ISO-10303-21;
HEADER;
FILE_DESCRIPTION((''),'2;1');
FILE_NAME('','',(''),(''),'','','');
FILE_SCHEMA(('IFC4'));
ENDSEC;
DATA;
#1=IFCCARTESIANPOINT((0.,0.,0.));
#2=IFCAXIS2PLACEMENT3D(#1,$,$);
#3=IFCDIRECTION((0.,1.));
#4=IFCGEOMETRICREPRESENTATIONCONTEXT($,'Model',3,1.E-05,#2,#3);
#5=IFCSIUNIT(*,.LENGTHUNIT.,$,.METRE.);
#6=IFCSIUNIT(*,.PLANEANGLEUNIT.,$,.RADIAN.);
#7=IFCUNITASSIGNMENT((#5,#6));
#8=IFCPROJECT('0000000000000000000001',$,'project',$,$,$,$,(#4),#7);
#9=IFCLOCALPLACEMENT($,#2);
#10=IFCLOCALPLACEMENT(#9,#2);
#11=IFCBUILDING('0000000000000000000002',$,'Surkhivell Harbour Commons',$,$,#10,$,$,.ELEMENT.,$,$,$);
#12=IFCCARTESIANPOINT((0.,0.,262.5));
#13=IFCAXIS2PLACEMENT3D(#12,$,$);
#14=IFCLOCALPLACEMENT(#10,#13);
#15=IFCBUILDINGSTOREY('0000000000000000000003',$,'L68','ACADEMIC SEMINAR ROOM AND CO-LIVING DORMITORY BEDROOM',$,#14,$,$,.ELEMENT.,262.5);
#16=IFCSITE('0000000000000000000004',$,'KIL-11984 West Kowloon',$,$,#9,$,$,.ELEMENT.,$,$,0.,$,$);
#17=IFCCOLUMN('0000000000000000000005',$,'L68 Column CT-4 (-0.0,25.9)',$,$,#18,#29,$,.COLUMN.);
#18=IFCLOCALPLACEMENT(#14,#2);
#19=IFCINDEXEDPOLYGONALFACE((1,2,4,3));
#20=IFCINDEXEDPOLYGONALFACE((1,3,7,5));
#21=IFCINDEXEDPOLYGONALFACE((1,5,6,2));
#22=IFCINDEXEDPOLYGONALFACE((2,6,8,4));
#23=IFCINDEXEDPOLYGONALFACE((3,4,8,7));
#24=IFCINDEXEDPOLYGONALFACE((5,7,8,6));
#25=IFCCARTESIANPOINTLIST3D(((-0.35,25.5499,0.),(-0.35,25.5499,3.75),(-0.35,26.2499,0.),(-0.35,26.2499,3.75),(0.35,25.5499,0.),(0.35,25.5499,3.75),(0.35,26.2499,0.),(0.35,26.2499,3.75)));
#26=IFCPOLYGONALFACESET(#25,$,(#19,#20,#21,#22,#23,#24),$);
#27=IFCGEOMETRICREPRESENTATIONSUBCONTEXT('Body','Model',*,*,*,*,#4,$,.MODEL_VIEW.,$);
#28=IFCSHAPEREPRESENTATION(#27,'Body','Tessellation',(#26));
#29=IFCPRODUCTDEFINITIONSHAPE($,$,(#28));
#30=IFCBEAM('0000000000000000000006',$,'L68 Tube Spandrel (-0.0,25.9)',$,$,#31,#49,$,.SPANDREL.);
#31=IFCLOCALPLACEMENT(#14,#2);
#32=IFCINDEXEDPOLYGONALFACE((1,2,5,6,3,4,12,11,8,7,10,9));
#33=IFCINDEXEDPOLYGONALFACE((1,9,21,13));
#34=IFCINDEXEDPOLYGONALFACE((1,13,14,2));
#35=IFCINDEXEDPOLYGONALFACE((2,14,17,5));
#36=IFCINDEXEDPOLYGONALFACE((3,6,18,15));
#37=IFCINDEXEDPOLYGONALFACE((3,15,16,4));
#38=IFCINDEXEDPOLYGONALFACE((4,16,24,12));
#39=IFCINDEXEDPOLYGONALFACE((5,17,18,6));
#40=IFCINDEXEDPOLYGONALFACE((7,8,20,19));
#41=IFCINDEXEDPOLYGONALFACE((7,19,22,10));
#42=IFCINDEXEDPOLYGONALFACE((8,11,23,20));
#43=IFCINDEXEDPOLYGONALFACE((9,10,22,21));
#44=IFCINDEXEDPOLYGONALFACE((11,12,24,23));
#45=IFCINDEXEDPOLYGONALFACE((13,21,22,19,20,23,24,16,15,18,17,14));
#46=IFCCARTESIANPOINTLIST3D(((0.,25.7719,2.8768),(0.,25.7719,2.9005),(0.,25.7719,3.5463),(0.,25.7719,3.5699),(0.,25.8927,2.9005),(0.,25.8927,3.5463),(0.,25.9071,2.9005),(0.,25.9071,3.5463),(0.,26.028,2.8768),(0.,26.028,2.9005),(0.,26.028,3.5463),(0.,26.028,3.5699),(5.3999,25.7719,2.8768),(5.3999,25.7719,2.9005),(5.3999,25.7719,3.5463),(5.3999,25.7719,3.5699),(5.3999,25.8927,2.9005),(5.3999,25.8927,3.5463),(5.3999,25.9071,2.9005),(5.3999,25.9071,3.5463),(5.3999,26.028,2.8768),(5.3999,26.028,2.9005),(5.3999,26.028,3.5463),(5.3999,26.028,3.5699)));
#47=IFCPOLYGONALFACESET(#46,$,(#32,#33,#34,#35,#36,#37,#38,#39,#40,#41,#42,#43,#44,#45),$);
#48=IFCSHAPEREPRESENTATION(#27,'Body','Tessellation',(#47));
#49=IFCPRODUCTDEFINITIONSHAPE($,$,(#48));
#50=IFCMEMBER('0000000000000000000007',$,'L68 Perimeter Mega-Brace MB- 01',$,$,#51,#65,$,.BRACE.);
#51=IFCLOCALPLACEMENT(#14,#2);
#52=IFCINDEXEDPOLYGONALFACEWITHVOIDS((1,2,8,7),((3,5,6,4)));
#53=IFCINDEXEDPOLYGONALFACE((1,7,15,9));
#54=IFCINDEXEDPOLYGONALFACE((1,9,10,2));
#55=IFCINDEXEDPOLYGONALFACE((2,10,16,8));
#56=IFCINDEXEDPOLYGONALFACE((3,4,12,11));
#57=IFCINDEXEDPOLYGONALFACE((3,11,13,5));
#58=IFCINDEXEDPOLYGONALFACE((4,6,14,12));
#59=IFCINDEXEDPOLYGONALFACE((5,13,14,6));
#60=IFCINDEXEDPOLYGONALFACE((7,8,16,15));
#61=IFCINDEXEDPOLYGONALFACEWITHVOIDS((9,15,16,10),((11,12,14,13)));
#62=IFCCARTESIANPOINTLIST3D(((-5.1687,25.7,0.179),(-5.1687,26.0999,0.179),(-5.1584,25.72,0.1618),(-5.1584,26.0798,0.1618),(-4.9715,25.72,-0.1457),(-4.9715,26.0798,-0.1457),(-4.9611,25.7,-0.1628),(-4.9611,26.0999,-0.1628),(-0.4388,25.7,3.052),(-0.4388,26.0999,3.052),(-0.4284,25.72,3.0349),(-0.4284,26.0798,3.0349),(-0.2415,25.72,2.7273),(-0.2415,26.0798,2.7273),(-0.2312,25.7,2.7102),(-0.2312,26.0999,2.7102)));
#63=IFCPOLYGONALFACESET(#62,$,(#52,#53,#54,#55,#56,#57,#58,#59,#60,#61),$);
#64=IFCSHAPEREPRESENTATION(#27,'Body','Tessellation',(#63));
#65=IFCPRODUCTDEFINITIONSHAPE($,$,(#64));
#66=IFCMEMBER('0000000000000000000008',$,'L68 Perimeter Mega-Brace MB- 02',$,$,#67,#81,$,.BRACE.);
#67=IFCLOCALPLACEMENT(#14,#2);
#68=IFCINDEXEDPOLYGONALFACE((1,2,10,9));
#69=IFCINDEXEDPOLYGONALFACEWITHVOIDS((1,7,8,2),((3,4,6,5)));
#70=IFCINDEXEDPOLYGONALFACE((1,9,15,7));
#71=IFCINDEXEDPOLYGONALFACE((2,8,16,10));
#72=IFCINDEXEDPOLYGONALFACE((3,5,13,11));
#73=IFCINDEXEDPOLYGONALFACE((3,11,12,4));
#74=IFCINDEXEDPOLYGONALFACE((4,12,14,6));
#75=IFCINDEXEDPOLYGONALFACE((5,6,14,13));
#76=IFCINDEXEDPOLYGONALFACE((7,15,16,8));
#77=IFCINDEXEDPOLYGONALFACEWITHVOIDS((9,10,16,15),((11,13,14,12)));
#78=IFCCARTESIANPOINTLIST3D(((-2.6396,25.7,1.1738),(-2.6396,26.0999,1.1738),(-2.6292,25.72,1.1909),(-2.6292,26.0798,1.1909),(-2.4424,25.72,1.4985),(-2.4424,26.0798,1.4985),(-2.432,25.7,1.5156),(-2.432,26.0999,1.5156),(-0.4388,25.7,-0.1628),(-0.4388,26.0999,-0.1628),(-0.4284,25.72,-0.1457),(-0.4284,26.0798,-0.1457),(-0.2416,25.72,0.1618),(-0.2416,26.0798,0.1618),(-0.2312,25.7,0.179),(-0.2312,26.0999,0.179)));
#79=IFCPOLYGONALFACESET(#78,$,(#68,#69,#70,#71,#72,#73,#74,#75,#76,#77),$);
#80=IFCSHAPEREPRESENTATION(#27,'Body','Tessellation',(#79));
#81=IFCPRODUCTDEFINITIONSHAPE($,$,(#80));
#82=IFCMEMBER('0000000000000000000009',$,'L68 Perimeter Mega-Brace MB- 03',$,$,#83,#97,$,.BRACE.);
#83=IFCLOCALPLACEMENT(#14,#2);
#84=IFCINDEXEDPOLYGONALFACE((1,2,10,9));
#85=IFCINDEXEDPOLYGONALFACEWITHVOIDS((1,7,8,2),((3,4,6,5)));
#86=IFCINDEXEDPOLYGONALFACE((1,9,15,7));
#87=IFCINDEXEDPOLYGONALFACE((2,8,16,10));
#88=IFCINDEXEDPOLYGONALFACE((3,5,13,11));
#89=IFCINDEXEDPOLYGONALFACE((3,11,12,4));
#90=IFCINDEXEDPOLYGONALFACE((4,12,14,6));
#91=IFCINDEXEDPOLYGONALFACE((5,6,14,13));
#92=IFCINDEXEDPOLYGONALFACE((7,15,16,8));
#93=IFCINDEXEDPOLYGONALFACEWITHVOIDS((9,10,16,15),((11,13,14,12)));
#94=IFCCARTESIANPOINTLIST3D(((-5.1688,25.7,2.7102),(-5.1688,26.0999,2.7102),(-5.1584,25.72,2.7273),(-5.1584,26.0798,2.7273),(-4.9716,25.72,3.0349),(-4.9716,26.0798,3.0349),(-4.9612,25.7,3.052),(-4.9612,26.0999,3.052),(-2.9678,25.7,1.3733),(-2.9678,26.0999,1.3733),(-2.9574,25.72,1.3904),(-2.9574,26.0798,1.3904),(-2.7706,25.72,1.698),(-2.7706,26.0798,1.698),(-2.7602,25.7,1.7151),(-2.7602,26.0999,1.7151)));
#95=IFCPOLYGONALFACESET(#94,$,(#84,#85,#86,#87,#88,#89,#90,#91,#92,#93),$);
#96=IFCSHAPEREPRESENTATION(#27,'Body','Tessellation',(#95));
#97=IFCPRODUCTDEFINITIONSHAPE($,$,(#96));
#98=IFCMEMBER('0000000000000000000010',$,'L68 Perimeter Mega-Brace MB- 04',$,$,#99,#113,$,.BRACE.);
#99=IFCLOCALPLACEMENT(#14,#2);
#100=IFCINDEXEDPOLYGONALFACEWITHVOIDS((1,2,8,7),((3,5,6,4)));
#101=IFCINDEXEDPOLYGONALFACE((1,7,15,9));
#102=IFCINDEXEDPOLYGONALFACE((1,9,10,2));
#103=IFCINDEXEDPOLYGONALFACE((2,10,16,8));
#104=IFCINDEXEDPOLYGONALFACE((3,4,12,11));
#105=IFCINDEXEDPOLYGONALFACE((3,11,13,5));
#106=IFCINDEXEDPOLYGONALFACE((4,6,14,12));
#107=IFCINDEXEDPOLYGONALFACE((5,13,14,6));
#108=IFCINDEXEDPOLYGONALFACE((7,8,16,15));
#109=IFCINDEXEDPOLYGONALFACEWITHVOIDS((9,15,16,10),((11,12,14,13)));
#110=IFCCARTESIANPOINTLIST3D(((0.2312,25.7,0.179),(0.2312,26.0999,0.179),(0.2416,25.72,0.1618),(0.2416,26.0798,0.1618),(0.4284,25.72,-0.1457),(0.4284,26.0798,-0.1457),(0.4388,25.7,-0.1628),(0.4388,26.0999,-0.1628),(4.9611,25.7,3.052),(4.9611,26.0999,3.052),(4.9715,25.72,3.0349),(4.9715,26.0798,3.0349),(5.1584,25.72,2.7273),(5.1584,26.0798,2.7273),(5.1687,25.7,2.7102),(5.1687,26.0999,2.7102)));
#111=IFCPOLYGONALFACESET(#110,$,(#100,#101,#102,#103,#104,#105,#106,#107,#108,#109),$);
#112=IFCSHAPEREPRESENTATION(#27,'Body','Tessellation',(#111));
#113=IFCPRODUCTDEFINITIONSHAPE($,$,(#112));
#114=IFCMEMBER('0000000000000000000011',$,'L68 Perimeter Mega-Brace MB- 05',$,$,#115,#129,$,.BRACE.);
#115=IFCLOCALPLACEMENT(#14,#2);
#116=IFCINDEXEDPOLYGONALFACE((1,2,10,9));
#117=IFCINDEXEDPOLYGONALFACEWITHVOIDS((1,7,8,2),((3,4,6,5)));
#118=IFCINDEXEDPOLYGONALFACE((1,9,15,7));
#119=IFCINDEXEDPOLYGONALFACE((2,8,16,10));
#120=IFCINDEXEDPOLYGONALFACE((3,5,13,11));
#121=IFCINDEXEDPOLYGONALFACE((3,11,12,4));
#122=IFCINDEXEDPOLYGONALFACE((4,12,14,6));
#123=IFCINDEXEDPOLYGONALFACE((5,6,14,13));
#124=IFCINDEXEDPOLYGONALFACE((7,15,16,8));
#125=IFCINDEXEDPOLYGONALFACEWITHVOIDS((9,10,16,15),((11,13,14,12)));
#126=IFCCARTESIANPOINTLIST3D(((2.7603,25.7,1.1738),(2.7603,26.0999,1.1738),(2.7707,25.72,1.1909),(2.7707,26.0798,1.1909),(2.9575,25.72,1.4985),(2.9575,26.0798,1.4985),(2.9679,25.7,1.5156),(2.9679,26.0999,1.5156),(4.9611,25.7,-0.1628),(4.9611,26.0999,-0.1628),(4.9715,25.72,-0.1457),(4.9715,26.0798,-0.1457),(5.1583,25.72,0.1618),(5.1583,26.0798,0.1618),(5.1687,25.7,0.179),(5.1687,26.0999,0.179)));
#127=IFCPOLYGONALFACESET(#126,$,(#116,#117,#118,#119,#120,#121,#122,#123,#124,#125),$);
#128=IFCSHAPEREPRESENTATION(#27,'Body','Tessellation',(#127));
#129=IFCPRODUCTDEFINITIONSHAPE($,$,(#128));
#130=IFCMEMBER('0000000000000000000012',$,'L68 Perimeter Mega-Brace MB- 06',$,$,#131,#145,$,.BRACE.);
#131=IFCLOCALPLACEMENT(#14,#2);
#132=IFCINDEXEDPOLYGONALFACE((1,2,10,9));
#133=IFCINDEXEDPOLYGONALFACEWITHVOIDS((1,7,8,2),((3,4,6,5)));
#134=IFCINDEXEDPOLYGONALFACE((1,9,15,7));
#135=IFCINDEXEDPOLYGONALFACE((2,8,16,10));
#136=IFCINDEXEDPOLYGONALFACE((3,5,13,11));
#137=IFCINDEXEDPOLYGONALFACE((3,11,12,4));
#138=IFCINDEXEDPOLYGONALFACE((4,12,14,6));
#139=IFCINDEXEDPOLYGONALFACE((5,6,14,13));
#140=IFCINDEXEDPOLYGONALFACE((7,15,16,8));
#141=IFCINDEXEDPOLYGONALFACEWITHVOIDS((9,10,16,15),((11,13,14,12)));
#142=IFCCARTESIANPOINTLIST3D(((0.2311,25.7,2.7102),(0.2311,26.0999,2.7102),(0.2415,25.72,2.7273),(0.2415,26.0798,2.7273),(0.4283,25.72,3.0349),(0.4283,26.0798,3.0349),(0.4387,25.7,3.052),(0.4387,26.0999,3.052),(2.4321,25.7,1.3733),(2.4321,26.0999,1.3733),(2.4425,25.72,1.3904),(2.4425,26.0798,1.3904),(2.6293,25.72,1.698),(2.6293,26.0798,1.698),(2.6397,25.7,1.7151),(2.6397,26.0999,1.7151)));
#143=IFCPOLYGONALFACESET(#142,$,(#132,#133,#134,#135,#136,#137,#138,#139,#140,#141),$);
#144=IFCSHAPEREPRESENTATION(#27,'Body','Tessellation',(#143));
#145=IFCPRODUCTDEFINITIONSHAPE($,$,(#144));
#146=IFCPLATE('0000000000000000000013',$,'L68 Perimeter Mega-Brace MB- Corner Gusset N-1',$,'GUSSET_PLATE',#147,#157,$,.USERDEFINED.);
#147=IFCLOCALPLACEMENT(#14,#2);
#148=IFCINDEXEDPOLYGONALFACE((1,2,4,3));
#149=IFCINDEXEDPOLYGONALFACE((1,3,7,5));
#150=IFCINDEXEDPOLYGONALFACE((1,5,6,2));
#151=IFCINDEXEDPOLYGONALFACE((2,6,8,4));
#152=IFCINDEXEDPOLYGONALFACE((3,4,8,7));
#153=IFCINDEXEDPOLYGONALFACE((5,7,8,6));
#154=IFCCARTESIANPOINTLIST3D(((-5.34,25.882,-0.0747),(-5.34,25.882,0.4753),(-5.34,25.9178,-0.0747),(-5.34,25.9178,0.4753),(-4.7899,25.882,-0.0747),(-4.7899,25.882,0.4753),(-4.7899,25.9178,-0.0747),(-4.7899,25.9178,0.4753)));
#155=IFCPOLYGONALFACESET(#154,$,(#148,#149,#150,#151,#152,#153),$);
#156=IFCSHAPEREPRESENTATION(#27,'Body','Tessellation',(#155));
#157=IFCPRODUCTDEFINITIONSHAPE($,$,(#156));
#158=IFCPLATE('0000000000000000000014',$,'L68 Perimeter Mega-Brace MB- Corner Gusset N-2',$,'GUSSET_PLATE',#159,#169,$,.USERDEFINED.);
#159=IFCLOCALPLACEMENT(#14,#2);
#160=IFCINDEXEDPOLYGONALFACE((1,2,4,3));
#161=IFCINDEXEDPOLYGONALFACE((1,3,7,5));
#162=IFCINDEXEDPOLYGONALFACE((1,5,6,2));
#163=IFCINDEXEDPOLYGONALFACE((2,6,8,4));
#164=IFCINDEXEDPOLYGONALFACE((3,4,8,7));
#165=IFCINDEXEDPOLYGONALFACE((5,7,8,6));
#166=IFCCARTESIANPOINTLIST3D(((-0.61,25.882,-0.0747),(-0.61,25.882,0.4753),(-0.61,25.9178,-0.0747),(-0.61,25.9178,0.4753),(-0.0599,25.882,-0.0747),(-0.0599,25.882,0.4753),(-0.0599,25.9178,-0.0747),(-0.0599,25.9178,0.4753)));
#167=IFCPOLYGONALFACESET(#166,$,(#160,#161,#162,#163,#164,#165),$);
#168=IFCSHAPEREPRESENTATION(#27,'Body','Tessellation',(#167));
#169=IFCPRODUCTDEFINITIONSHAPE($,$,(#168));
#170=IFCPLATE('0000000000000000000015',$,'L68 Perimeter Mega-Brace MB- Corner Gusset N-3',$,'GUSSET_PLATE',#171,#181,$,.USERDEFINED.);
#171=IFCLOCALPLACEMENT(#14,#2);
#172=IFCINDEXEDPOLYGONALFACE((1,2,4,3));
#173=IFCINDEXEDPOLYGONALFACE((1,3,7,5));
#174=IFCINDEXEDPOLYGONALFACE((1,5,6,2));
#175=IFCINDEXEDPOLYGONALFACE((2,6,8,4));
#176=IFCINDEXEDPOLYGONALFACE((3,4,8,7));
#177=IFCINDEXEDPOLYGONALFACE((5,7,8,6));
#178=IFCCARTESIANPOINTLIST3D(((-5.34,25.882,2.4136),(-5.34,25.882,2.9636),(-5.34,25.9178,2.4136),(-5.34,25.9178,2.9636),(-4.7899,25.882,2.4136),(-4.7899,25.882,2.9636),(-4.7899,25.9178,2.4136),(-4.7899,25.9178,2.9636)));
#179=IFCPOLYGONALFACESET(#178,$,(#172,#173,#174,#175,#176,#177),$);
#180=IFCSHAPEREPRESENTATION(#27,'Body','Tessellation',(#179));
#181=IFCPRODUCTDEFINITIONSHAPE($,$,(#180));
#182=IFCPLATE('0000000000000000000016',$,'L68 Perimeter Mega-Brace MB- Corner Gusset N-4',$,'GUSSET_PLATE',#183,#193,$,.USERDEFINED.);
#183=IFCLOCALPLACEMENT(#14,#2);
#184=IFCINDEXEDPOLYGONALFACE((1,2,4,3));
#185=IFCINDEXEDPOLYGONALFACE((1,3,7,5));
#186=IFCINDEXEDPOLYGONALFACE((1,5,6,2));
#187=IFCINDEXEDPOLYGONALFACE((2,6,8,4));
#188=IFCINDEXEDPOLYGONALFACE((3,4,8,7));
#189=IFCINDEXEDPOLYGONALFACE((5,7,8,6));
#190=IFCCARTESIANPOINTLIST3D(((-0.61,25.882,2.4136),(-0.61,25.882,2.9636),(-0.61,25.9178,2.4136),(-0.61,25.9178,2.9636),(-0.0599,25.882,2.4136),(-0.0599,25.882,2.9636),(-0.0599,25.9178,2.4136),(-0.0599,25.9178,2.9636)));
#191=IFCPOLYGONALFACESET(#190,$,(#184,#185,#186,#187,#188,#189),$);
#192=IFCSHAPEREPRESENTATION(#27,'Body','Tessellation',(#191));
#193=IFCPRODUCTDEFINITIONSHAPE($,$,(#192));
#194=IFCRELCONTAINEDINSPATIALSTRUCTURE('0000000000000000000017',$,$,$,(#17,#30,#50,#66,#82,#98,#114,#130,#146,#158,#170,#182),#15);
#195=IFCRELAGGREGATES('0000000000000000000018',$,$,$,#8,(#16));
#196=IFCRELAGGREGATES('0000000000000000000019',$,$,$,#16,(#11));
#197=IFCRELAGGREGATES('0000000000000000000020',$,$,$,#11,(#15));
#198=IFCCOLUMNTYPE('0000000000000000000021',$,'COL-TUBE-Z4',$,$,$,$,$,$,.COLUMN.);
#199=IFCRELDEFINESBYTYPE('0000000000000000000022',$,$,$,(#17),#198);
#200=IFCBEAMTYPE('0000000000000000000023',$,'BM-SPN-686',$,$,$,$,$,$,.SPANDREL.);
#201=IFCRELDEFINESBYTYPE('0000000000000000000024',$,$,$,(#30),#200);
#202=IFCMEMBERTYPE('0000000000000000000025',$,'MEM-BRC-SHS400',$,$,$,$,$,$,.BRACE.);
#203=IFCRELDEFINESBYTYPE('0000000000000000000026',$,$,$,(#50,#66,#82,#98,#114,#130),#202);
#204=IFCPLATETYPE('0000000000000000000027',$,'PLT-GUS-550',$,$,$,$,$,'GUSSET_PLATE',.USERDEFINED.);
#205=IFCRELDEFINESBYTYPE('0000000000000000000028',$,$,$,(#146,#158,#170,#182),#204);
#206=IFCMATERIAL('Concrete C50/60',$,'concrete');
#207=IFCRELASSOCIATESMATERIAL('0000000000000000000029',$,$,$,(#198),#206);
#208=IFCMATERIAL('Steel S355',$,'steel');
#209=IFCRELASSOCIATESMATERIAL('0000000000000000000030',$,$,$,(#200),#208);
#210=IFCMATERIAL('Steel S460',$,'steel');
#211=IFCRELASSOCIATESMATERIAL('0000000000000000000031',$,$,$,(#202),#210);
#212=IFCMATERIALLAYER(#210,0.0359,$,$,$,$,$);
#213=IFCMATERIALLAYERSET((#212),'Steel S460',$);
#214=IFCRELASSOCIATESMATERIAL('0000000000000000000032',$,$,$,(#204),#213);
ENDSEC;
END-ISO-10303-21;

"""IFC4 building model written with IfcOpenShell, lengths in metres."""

from ifc_helpers import new_model, si_unit, direction, frame, origin, origin_2d, place, context, subcontext, project, spatial, rectangle, hollow_rectangle, i_section, extrude, material, layer, layer_set, material_profile, profile_set, type_object, element, save


model = new_model("IFC4")

# Units and contexts
model_context = context("Model", 3, precision=1e-05, world=origin(), true_north=direction((0.0, 1.0)))
body_context = subcontext(model_context, "Body", "Model", "MODEL_VIEW")
ifc_project = project(units=[si_unit("LENGTHUNIT", "METRE"), si_unit("PLANEANGLEUNIT", "RADIAN")], contexts=[model_context])

# Site, building, storey
site_placement = place(None, origin())
site = spatial("IfcSite", under=ifc_project, at=site_placement, Name="KIL-11984 West Kowloon", CompositionType="ELEMENT", RefElevation=0.0)
building_placement = place(site_placement, origin())
building = spatial("IfcBuilding", under=site, at=building_placement, Name="Surkhivell Harbour Commons", CompositionType="ELEMENT")
storey_placement = place(building_placement, frame((0.0, 0.0, 262.5)))
storey = spatial("IfcBuildingStorey", under=building, at=storey_placement, Name="L68", Description="ACADEMIC SEMINAR ROOM AND CO-LIVING DORMITORY BEDROOM", CompositionType="ELEMENT", Elevation=262.5)

# Column
ifc_material_1 = material(Name="Concrete C50/60", Category="concrete")
ifc_material_profile_1 = material_profile(ifc_material_1, rectangle(XDim=0.7, YDim=0.7, at=origin_2d()), Name="RC-COL-700x700")
ifc_profile_set_1 = profile_set([ifc_material_profile_1], Name="Concrete C50/60")
column_type = type_object("IfcColumnType", Name="COL-TUBE-Z4", PredefinedType="COLUMN", material=ifc_profile_set_1)
column_placement = place(storey_placement, frame((0.0, 25.8999, 0.0), z_axis=(0.0, 0.0, 1.0), x_axis=(1.0, 0.0, 0.0)))
element("IfcColumn", 1, at=column_placement, inside=storey, type_object=column_type, Name="L68 Column CT-4 (-0.0,25.9)", PredefinedType="COLUMN", context=body_context, shape_type="SweptSolid", body=[
    extrude(rectangle(XDim=0.7, YDim=0.7, at=origin_2d()), origin(), (0.0, 0.0, 1.0), 3.75),
])

# Beam
ifc_material_2 = material(Name="Steel S355", Category="steel")
ifc_material_profile_2 = material_profile(ifc_material_2, i_section(OverallWidth=0.2561, OverallDepth=0.6931, WebThickness=0.0144, FlangeThickness=0.0237, at=origin_2d()), Name="UB686x254x170")
ifc_profile_set_2 = profile_set([ifc_material_profile_2], Name="Steel S355")
beam_type = type_object("IfcBeamType", Name="BM-SPN-686", PredefinedType="SPANDREL", material=ifc_profile_set_2)
beam_placement = place(storey_placement, frame((0.0, 25.8999, 3.2234), z_axis=(1.0, 0.0, 0.0), x_axis=(0.0, 1.0, 0.0)))
element("IfcBeam", 2, at=beam_placement, inside=storey, type_object=beam_type, Name="L68 Tube Spandrel (-0.0,25.9)", PredefinedType="SPANDREL", context=body_context, shape_type="SweptSolid", body=[
    extrude(i_section(OverallWidth=0.2561, OverallDepth=0.6931, WebThickness=0.0144, FlangeThickness=0.0237, at=origin_2d()), origin(), (0.0, 0.0, 1.0), 5.3999),
])

# Members
ifc_material_3 = material(Name="Steel S460", Category="steel")
ifc_material_profile_3 = material_profile(ifc_material_3, hollow_rectangle(XDim=0.3999, YDim=0.3999, WallThickness=0.02, at=origin_2d()), Name="SHS400x400x20")
ifc_profile_set_3 = profile_set([ifc_material_profile_3], Name="Steel S460")
member_type = type_object("IfcMemberType", Name="MEM-BRC-SHS400", PredefinedType="BRACE", material=ifc_profile_set_3)
member_1_placement = place(storey_placement, frame((-5.0649, 25.8999, 0.0081), z_axis=(0.854685, 0.0, 0.519146), x_axis=(0.0, 1.0, 0.0)))
element("IfcMember", 3, at=member_1_placement, inside=storey, type_object=member_type, Name="L68 Perimeter Mega-Brace MB- 01", PredefinedType="BRACE", context=body_context, shape_type="SweptSolid", body=[
    extrude(hollow_rectangle(XDim=0.3999, YDim=0.3999, WallThickness=0.02, at=origin_2d()), origin(), (0.0, 0.0, 1.0), 5.5342),
])
member_2_placement = place(storey_placement, frame((-0.335, 25.8999, 0.0081), z_axis=(-0.85472, 0.0, 0.519089), x_axis=(0.0, -1.0, 0.0)))
element("IfcMember", 4, at=member_2_placement, inside=storey, type_object=member_type, Name="L68 Perimeter Mega-Brace MB- 02", PredefinedType="BRACE", context=body_context, shape_type="SweptSolid", body=[
    extrude(hollow_rectangle(XDim=0.3999, YDim=0.3999, WallThickness=0.02, at=origin_2d()), origin(), (0.0, 0.0, 1.0), 2.575),
])
member_3_placement = place(storey_placement, frame((-2.864, 25.8999, 1.5442), z_axis=(-0.854678, 0.0, 0.519159), x_axis=(0.0, -1.0, 0.0)))
element("IfcMember", 5, at=member_3_placement, inside=storey, type_object=member_type, Name="L68 Perimeter Mega-Brace MB- 03", PredefinedType="BRACE", context=body_context, shape_type="SweptSolid", body=[
    extrude(hollow_rectangle(XDim=0.3999, YDim=0.3999, WallThickness=0.02, at=origin_2d()), origin(), (0.0, 0.0, 1.0), 2.5752),
])
member_4_placement = place(storey_placement, frame((0.335, 25.8999, 0.0081), z_axis=(0.854685, 0.0, 0.519146), x_axis=(0.0, 1.0, 0.0)))
element("IfcMember", 6, at=member_4_placement, inside=storey, type_object=member_type, Name="L68 Perimeter Mega-Brace MB- 04", PredefinedType="BRACE", context=body_context, shape_type="SweptSolid", body=[
    extrude(hollow_rectangle(XDim=0.3999, YDim=0.3999, WallThickness=0.02, at=origin_2d()), origin(), (0.0, 0.0, 1.0), 5.5342),
])
member_5_placement = place(storey_placement, frame((5.0649, 25.8999, 0.0081), z_axis=(-0.85472, 0.0, 0.519089), x_axis=(0.0, -1.0, 0.0)))
element("IfcMember", 7, at=member_5_placement, inside=storey, type_object=member_type, Name="L68 Perimeter Mega-Brace MB- 05", PredefinedType="BRACE", context=body_context, shape_type="SweptSolid", body=[
    extrude(hollow_rectangle(XDim=0.3999, YDim=0.3999, WallThickness=0.02, at=origin_2d()), origin(), (0.0, 0.0, 1.0), 2.575),
])
member_6_placement = place(storey_placement, frame((2.5359, 25.8999, 1.5442), z_axis=(-0.854678, 0.0, 0.519159), x_axis=(0.0, -1.0, 0.0)))
element("IfcMember", 8, at=member_6_placement, inside=storey, type_object=member_type, Name="L68 Perimeter Mega-Brace MB- 06", PredefinedType="BRACE", context=body_context, shape_type="SweptSolid", body=[
    extrude(hollow_rectangle(XDim=0.3999, YDim=0.3999, WallThickness=0.02, at=origin_2d()), origin(), (0.0, 0.0, 1.0), 2.5752),
])

# Plates
ifc_layer_1 = layer(ifc_material_3, 0.0359)
ifc_layer_set_1 = layer_set([ifc_layer_1], Name="Steel S460")
plate_type_1 = type_object("IfcPlateType", Name="PLT-GUS-550", ElementType="GUSSET_PLATE", PredefinedType="USERDEFINED", material=ifc_layer_set_1)
for number, where, z_axis, x_axis, name in (
    (9, (-5.0649, 25.8999, -0.0747), (0.0, 0.0, 1.0), (1.0, 0.0, 0.0), "L68 Perimeter Mega-Brace MB- Corner Gusset N-1"),
    (10, (-0.335, 25.8999, -0.0747), (0.0, 0.0, 1.0), (1.0, 0.0, 0.0), "L68 Perimeter Mega-Brace MB- Corner Gusset N-2"),
    (11, (-5.0649, 25.8999, 2.4136), (0.0, 0.0, 1.0), (1.0, 0.0, 0.0), "L68 Perimeter Mega-Brace MB- Corner Gusset N-3"),
    (12, (-0.335, 25.8999, 2.4136), (0.0, 0.0, 1.0), (1.0, 0.0, 0.0), "L68 Perimeter Mega-Brace MB- Corner Gusset N-4"),
):
    element("IfcPlate", number, at=place(storey_placement, frame(where, z_axis=z_axis, x_axis=x_axis)), inside=storey, type_object=plate_type_1, Name=name, ObjectType="GUSSET_PLATE", PredefinedType="USERDEFINED", context=body_context, shape_type="SweptSolid", body=[
        extrude(rectangle(XDim=0.55, YDim=0.0359, at=origin_2d()), origin(), (0.0, 0.0, 1.0), 0.55),
    ])

save(model, "model.ifc")
